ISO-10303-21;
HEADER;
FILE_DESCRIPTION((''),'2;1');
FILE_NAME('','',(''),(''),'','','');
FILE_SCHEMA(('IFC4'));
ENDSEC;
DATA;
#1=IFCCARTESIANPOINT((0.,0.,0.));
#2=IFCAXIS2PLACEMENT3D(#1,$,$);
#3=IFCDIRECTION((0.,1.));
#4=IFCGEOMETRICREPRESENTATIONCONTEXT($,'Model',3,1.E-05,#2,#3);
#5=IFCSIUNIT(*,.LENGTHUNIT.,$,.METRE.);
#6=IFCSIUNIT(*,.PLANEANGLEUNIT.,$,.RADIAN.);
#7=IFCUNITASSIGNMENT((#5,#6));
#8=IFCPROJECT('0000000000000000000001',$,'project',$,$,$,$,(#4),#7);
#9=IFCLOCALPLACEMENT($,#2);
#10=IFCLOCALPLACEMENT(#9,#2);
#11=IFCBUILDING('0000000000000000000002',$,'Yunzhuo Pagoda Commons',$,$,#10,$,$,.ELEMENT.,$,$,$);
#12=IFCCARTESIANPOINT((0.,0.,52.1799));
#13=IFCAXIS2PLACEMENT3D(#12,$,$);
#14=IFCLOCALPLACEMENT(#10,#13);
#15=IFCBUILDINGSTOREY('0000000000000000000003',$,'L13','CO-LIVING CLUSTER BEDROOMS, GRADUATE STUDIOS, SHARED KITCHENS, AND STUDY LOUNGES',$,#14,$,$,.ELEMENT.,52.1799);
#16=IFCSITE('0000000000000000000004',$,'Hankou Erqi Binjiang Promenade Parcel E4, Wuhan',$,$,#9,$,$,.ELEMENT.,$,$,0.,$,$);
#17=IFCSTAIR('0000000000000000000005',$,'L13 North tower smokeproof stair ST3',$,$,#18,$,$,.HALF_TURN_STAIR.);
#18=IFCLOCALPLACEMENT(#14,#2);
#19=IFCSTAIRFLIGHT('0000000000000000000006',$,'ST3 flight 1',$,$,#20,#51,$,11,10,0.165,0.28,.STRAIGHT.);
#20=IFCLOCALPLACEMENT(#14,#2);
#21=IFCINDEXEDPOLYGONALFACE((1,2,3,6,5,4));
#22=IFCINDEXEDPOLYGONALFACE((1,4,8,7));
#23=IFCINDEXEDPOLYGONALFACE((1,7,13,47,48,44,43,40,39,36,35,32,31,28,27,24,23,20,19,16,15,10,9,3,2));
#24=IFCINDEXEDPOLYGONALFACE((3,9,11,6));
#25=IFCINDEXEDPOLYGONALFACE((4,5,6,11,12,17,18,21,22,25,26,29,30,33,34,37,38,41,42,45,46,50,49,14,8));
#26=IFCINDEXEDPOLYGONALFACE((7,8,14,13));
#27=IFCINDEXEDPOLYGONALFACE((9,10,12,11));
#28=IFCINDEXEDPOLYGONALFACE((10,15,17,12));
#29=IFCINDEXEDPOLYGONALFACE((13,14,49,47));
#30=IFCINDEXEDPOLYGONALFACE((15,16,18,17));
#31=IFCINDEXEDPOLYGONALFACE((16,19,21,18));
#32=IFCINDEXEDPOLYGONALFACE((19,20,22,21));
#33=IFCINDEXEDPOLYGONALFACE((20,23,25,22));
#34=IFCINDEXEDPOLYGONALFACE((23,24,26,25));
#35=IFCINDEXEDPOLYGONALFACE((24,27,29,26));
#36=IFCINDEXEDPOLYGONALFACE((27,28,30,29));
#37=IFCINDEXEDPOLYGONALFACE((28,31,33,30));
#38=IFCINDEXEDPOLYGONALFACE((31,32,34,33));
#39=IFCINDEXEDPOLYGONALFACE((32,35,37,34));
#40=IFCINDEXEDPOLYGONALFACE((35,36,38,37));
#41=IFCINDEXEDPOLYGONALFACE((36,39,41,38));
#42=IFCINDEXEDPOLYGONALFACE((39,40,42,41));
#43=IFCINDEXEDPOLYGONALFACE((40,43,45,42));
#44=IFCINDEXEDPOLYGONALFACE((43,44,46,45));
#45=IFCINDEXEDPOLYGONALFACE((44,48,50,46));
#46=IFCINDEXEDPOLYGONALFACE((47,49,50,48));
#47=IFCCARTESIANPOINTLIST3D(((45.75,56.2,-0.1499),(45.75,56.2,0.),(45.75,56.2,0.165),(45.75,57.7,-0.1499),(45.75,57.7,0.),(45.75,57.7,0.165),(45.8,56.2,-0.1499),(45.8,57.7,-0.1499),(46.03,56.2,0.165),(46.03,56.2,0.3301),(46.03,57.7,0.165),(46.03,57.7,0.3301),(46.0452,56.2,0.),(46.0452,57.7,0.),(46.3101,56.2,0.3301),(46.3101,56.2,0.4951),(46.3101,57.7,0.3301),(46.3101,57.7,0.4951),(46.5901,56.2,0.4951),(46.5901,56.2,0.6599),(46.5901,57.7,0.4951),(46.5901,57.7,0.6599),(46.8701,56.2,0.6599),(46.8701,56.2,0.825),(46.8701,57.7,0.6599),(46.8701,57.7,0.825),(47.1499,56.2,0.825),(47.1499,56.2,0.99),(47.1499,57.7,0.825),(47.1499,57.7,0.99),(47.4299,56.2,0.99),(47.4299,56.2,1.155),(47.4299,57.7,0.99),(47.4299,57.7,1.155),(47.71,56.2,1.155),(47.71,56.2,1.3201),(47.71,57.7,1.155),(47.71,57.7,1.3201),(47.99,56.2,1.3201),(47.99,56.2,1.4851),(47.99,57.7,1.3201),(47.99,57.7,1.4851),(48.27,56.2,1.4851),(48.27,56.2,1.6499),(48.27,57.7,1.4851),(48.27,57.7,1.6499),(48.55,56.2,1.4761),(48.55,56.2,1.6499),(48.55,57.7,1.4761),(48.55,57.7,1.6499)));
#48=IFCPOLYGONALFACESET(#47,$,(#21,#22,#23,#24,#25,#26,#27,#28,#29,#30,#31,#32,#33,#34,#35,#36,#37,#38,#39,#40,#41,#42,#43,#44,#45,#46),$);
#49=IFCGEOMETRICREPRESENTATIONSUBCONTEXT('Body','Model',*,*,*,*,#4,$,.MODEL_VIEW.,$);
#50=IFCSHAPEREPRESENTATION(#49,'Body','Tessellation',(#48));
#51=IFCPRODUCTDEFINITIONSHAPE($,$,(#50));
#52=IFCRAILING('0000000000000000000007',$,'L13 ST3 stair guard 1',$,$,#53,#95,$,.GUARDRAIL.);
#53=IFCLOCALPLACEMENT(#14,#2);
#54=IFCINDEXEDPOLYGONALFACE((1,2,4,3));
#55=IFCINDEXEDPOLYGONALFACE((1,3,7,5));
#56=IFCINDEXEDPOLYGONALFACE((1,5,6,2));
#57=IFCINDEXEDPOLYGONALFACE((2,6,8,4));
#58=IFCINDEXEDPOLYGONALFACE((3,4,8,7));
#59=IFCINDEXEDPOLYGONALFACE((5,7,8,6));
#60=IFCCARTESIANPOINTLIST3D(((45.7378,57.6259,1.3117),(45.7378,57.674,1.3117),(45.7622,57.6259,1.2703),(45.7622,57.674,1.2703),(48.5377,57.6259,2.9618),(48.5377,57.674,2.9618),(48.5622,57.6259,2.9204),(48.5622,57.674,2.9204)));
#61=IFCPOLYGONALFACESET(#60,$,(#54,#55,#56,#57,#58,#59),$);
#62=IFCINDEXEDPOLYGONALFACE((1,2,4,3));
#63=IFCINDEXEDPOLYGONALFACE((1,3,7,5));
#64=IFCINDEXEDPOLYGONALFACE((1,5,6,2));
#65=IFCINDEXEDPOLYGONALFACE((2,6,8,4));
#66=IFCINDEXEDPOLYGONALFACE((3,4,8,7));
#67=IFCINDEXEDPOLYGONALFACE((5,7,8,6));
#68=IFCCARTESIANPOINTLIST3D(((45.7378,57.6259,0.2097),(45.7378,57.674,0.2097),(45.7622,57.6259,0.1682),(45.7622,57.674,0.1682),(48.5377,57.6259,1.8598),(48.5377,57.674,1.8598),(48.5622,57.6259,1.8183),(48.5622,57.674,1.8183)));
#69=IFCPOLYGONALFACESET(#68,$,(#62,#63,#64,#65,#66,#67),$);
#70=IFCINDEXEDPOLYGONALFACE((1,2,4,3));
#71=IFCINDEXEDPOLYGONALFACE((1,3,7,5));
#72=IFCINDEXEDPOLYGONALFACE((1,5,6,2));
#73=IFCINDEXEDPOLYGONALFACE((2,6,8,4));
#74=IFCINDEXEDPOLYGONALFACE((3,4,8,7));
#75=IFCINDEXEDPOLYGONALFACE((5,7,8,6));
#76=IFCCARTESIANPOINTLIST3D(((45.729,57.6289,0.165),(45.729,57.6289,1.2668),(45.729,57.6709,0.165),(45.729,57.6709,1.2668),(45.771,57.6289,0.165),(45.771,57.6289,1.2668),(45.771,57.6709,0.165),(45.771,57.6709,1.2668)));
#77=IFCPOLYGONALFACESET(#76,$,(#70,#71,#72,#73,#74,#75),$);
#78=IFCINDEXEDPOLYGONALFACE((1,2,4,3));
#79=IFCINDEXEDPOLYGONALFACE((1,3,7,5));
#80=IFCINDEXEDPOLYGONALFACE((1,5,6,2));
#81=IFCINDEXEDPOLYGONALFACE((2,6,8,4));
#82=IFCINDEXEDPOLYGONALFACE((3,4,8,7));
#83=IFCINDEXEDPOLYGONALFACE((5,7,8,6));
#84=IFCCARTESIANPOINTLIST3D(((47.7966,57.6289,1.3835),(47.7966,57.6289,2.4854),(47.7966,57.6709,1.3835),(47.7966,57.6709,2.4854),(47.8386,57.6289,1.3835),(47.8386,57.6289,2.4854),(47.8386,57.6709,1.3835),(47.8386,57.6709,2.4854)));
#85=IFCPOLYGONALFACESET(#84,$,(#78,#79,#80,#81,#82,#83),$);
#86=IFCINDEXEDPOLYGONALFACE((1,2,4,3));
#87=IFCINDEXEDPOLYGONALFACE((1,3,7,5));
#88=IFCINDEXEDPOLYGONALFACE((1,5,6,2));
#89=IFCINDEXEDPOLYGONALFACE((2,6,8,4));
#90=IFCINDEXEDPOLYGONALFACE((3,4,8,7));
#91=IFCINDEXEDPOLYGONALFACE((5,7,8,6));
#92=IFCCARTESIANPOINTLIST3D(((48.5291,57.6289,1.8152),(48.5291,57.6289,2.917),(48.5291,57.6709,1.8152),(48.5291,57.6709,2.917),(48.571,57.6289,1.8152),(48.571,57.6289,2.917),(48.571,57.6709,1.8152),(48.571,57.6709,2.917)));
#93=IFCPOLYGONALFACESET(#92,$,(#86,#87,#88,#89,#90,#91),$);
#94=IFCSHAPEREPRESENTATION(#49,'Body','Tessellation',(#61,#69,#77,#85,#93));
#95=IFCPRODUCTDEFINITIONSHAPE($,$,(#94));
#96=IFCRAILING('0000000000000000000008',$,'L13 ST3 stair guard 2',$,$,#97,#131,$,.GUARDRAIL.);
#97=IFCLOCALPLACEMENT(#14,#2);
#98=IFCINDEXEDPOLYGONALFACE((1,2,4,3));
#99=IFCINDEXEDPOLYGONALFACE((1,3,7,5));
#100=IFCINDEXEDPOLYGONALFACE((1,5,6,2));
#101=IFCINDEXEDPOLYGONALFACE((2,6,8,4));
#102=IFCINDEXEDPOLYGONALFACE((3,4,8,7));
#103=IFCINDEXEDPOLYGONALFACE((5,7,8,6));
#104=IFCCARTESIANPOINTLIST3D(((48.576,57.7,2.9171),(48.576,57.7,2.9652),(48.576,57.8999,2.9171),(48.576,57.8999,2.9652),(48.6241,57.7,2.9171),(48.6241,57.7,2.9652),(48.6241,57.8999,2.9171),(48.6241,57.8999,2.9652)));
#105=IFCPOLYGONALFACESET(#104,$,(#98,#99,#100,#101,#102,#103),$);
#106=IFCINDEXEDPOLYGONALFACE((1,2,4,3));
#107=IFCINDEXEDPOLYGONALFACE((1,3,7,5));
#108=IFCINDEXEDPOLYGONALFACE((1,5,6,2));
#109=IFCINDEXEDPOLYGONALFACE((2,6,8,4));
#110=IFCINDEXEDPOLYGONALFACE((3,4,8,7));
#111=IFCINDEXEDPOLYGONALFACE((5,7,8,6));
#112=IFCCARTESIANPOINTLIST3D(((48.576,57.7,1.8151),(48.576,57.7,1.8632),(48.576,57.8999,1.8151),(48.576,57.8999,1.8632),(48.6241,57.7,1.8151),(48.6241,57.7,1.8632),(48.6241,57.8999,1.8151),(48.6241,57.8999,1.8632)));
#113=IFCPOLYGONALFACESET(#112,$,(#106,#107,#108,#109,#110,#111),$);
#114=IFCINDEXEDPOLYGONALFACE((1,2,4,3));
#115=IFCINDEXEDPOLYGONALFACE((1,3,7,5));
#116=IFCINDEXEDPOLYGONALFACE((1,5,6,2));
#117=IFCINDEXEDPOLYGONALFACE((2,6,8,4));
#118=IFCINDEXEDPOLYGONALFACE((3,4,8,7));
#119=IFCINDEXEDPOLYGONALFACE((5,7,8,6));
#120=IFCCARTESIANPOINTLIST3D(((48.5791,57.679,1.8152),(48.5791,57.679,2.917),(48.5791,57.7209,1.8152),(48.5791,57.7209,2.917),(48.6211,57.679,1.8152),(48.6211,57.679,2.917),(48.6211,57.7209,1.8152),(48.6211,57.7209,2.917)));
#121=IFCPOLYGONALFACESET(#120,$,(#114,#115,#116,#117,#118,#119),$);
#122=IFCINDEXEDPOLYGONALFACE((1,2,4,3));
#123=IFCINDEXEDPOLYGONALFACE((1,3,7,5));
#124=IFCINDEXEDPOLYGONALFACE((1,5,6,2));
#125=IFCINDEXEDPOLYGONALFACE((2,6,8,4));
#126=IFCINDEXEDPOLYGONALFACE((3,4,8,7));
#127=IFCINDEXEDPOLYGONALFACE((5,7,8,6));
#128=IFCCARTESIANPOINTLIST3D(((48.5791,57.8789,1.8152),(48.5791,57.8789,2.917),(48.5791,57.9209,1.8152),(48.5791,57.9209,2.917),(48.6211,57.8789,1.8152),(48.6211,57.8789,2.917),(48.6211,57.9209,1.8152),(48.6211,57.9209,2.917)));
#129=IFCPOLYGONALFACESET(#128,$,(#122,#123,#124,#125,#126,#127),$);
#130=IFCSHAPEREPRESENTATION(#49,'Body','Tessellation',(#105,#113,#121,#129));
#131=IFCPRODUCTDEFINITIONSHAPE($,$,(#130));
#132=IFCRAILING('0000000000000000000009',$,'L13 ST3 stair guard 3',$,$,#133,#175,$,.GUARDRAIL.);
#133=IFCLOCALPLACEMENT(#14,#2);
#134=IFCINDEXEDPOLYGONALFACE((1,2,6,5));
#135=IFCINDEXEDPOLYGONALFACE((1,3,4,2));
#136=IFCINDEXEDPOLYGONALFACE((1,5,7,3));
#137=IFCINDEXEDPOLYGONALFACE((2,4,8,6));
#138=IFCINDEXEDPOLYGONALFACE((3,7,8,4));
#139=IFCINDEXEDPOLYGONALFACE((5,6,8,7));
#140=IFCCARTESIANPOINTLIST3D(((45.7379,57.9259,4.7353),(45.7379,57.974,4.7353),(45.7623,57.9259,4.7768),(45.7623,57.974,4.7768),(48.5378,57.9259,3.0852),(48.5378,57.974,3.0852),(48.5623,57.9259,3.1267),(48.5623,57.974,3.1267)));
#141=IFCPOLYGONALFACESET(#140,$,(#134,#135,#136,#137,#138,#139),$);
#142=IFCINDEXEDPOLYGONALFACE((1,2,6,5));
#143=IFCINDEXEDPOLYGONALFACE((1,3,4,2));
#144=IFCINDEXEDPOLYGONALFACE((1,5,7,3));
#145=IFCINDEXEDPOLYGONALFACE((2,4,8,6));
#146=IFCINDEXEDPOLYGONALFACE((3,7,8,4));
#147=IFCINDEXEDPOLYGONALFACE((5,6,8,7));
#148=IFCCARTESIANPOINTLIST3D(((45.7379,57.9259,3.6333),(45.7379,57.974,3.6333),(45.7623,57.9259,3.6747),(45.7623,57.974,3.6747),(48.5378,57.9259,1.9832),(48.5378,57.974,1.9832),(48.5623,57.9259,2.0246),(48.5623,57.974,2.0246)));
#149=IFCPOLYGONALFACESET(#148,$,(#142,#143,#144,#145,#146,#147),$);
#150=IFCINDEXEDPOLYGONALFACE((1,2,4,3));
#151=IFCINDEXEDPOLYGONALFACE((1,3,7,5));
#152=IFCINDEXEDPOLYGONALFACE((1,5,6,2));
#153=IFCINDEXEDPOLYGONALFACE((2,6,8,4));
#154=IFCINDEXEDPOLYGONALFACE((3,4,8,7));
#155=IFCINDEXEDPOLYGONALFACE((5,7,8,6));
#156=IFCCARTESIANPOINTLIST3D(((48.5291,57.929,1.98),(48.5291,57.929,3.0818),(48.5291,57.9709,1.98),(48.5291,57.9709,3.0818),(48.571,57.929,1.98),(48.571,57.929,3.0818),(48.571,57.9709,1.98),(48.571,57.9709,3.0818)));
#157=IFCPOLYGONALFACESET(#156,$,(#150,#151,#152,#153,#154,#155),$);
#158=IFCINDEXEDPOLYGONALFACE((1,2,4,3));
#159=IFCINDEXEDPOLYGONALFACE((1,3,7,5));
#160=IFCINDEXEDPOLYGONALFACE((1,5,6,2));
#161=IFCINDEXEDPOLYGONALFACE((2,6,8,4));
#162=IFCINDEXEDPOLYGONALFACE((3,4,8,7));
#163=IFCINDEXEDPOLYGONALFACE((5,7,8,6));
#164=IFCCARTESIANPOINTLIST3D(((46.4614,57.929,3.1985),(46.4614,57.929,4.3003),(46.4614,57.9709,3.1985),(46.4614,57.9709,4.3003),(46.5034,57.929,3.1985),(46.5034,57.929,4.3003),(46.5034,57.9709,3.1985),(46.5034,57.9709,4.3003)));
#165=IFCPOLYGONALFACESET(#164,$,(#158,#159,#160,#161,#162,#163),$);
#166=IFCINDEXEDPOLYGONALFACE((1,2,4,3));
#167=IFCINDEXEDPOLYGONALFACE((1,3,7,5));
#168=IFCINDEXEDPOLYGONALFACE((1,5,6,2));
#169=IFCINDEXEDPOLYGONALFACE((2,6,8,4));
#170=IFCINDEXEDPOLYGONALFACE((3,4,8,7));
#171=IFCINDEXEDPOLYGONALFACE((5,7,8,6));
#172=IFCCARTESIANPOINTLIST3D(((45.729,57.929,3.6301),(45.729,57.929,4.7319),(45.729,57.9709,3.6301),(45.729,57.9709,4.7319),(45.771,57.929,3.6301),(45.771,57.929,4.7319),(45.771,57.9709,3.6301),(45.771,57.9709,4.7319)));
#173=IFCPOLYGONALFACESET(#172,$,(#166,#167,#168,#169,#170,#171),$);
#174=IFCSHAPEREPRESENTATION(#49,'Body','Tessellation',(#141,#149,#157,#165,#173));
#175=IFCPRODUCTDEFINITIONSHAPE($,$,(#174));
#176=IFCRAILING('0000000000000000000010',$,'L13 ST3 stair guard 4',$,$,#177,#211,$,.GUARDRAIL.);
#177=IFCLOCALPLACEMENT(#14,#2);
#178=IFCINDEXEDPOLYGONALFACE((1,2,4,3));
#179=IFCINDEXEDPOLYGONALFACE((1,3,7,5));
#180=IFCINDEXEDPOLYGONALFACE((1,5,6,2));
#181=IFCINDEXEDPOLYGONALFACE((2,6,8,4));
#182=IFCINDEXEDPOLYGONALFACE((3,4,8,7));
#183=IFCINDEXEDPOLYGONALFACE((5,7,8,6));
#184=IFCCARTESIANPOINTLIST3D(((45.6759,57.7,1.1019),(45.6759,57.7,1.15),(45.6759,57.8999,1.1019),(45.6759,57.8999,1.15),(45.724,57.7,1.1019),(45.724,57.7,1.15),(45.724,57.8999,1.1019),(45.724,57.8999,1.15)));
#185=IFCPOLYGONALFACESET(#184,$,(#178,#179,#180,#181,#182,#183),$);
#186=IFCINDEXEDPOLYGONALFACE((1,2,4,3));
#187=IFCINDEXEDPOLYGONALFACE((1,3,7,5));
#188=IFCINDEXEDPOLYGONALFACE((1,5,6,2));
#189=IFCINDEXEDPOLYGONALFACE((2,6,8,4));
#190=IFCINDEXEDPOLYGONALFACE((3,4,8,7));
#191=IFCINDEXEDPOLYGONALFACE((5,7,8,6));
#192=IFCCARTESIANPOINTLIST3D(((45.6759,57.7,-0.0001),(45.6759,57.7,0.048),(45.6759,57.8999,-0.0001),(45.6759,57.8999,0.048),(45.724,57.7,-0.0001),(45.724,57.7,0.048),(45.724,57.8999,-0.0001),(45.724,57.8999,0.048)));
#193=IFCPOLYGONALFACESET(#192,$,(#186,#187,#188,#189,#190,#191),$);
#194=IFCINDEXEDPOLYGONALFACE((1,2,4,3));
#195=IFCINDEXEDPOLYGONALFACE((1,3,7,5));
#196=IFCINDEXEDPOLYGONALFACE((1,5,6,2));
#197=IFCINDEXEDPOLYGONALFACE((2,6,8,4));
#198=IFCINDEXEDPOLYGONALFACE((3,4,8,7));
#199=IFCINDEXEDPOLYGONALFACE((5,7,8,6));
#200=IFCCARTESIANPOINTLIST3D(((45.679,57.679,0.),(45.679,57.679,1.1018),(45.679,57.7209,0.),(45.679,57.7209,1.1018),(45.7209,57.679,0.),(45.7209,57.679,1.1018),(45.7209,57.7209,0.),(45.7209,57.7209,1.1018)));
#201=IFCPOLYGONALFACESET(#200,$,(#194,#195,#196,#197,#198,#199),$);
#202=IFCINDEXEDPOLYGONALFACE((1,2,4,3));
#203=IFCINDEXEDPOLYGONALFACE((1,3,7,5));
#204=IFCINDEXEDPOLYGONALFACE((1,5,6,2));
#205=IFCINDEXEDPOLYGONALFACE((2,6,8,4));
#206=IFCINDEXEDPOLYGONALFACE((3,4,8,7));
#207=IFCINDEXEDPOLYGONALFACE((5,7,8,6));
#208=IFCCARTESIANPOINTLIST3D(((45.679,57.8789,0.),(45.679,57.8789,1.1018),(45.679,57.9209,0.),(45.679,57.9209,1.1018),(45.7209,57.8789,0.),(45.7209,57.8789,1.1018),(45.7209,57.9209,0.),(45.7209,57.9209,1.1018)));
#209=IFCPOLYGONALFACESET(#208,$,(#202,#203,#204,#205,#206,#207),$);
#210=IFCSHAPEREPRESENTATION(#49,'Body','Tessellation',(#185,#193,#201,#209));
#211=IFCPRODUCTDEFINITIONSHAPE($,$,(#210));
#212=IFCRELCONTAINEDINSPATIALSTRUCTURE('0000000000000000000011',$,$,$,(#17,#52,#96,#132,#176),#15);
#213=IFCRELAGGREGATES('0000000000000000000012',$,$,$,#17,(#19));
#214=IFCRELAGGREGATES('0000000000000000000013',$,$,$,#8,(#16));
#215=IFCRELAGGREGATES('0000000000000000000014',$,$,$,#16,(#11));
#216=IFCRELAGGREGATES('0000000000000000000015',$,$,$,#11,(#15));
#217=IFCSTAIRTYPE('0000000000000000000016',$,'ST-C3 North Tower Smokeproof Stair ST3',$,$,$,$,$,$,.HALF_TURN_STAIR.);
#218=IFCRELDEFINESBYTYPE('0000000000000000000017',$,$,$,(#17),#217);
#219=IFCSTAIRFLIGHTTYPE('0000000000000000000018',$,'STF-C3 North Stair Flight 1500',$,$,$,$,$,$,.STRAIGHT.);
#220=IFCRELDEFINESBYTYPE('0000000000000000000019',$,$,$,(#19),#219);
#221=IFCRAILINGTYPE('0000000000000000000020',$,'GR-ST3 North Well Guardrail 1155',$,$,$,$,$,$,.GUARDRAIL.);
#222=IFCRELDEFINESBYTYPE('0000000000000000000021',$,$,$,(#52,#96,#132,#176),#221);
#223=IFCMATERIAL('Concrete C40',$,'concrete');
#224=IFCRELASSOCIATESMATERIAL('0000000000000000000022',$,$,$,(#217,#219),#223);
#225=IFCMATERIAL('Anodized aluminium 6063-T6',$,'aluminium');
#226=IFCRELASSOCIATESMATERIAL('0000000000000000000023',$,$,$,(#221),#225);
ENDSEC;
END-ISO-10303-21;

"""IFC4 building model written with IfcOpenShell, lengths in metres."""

from ifc_helpers import new_model, si_unit, direction, frame, origin, origin_2d, place, context, subcontext, project, spatial, polyline, rectangle, outline, extrude, source, transform, mapped, material, type_object, element, aggregate, save


model = new_model("IFC4")

# Units and contexts
model_context = context("Model", 3, precision=1e-05, world=origin(), true_north=direction((0.0, 1.0)))
body_context = subcontext(model_context, "Body", "Model", "MODEL_VIEW")
ifc_project = project(units=[si_unit("LENGTHUNIT", "METRE"), si_unit("PLANEANGLEUNIT", "RADIAN")], contexts=[model_context])

# Site, building, storey
site_placement = place(None, origin())
site = spatial("IfcSite", under=ifc_project, at=site_placement, Name="Hankou Erqi Binjiang Promenade Parcel E4, Wuhan", CompositionType="ELEMENT", RefElevation=0.0)
building_placement = place(site_placement, origin())
building = spatial("IfcBuilding", under=site, at=building_placement, Name="Yunzhuo Pagoda Commons", CompositionType="ELEMENT")
storey_placement = place(building_placement, frame((0.0, 0.0, 52.1799)))
storey = spatial("IfcBuildingStorey", under=building, at=storey_placement, Name="L13", Description="CO-LIVING CLUSTER BEDROOMS, GRADUATE STUDIOS, SHARED KITCHENS, AND STUDY LOUNGES", CompositionType="ELEMENT", Elevation=52.1799)

# Shared definitions
ifc_material_1 = material(Name="Anodized aluminium 6063-T6", Category="aluminium")

# Stair, stair flight
ifc_material_2 = material(Name="Concrete C40", Category="concrete")
stair_type = type_object("IfcStairType", Name="ST-C3 North Tower Smokeproof Stair ST3", PredefinedType="HALF_TURN_STAIR", material=ifc_material_2)
stair_placement = place(storey_placement, origin())
stair = element("IfcStair", 1, at=stair_placement, inside=storey, type_object=stair_type, Name="L13 North tower smokeproof stair ST3", PredefinedType="HALF_TURN_STAIR")
stair_flight_type = type_object("IfcStairFlightType", Name="STF-C3 North Stair Flight 1500", PredefinedType="STRAIGHT", material=ifc_material_2)
shared_shape_1 = source(origin(), body_context, "Body", "SweptSolid", [
    extrude(outline(polyline([(0.0, -0.1499), (0.0, 0.0), (0.0, 0.165), (0.28, 0.165), (0.28, 0.3301), (0.5601, 0.3301), (0.5601, 0.4951), (0.8401, 0.4951), (0.8401, 0.6599), (1.1201, 0.6599), (1.1201, 0.825), (1.3999, 0.825), (1.3999, 0.99), (1.6799, 0.99), (1.6799, 1.155), (1.96, 1.155), (1.96, 1.3201), (2.24, 1.3201), (2.24, 1.4851), (2.52, 1.4851), (2.52, 1.6499), (2.8, 1.6499), (2.8, 1.8149), (2.8, 1.4761), (0.2952, 0.0), (0.05, -0.1499), (0.0, -0.1499)])), frame((0.0, 0.75, 0.0), z_axis=(0.0, -1.0, 0.0), x_axis=(1.0, 0.0, 0.0)), (0.0, 0.0, 1.0), 1.5),
])
stair_flight_placement = place(storey_placement, frame((45.75, 56.95, 0.0), z_axis=(0.0, 0.0, 1.0), x_axis=(1.0, 0.0, 0.0)))
stair_flight = element("IfcStairFlight", 2, at=stair_flight_placement, type_object=stair_flight_type, Name="ST3 flight 1", NumberOfRisers=11, NumberOfTreads=10, PredefinedType="STRAIGHT", RiserHeight=0.165, TreadLength=0.28, context=body_context, shape_type="MappedRepresentation", body=[
    mapped(shared_shape_1, transform((0.0, 0.0, 0.0), scale=1.0)),
])
aggregate(stair, [stair_flight])

# Railings
railing_type_1 = type_object("IfcRailingType", Name="GR-ST3 North Well Guardrail 1155", PredefinedType="GUARDRAIL", material=ifc_material_1)
railing_1_placement = place(storey_placement, frame((45.75, 57.6499, 0.165)))
element("IfcRailing", 3, at=railing_1_placement, inside=storey, type_object=railing_type_1, Name="L13 ST3 stair guard 1", PredefinedType="GUARDRAIL", context=body_context, shape_type="SweptSolid", body=[
    extrude(rectangle(XDim=0.0481, YDim=0.0481, at=origin_2d()), frame((0.0, 0.0, 1.126), z_axis=(0.861523, 0.0, 0.507719), x_axis=(0.0, 1.0, 0.0)), (0.0, 0.0, 1.0), 3.25),
    extrude(rectangle(XDim=0.0481, YDim=0.0481, at=origin_2d()), frame((0.0, 0.0, 0.0239), z_axis=(0.861523, 0.0, 0.507719), x_axis=(0.0, 1.0, 0.0)), (0.0, 0.0, 1.0), 3.25),
    extrude(rectangle(XDim=0.042, YDim=0.042, at=origin_2d()), origin(), (0.0, 0.0, 1.0), 1.1018),
    extrude(rectangle(XDim=0.042, YDim=0.042, at=origin_2d()), frame((2.0676, 0.0, 1.2185)), (0.0, 0.0, 1.0), 1.1018),
    extrude(rectangle(XDim=0.042, YDim=0.042, at=origin_2d()), frame((2.8, 0.0, 1.6501)), (0.0, 0.0, 1.0), 1.1018),
])
railing_2_placement = place(storey_placement, frame((48.6001, 57.7, 1.8152)))
element("IfcRailing", 4, at=railing_2_placement, inside=storey, type_object=railing_type_1, Name="L13 ST3 stair guard 2", PredefinedType="GUARDRAIL", context=body_context, shape_type="SweptSolid", body=[
    extrude(rectangle(XDim=0.0481, YDim=0.0481, at=origin_2d()), frame((0.0, 0.0, 1.126), z_axis=(0.0, 1.0, 0.0), x_axis=(-1.0, 0.0, 0.0)), (0.0, 0.0, 1.0), 0.2),
    extrude(rectangle(XDim=0.0481, YDim=0.0481, at=origin_2d()), frame((0.0, 0.0, 0.0239), z_axis=(0.0, 1.0, 0.0), x_axis=(-1.0, 0.0, 0.0)), (0.0, 0.0, 1.0), 0.2),
    extrude(rectangle(XDim=0.042, YDim=0.042, at=origin_2d()), origin(), (0.0, 0.0, 1.0), 1.1018),
    extrude(rectangle(XDim=0.042, YDim=0.042, at=origin_2d()), frame((0.0, 0.2, 0.0)), (0.0, 0.0, 1.0), 1.1018),
])
railing_3_placement = place(storey_placement, frame((48.55, 57.95, 1.98)))
element("IfcRailing", 5, at=railing_3_placement, inside=storey, type_object=railing_type_1, Name="L13 ST3 stair guard 3", PredefinedType="GUARDRAIL", context=body_context, shape_type="SweptSolid", body=[
    extrude(rectangle(XDim=0.0481, YDim=0.0481, at=origin_2d()), frame((0.0, 0.0, 1.126), z_axis=(-0.861523, 0.0, 0.507719), x_axis=(0.0, -1.0, 0.0)), (0.0, 0.0, 1.0), 3.25),
    extrude(rectangle(XDim=0.0481, YDim=0.0481, at=origin_2d()), frame((0.0, 0.0, 0.0239), z_axis=(-0.861523, 0.0, 0.507719), x_axis=(0.0, -1.0, 0.0)), (0.0, 0.0, 1.0), 3.25),
    extrude(rectangle(XDim=0.042, YDim=0.042, at=origin_2d()), origin(), (0.0, 0.0, 1.0), 1.1018),
    extrude(rectangle(XDim=0.042, YDim=0.042, at=origin_2d()), frame((-2.0676, 0.0, 1.2185)), (0.0, 0.0, 1.0), 1.1018),
    extrude(rectangle(XDim=0.042, YDim=0.042, at=origin_2d()), frame((-2.8, 0.0, 1.6501)), (0.0, 0.0, 1.0), 1.1018),
])
railing_4_placement = place(storey_placement, frame((45.7, 57.7, 0.0)))
element("IfcRailing", 6, at=railing_4_placement, inside=storey, type_object=railing_type_1, Name="L13 ST3 stair guard 4", PredefinedType="GUARDRAIL", context=body_context, shape_type="SweptSolid", body=[
    extrude(rectangle(XDim=0.0481, YDim=0.0481, at=origin_2d()), frame((0.0, 0.0, 1.126), z_axis=(0.0, 1.0, 0.0), x_axis=(-1.0, 0.0, 0.0)), (0.0, 0.0, 1.0), 0.2),
    extrude(rectangle(XDim=0.0481, YDim=0.0481, at=origin_2d()), frame((0.0, 0.0, 0.0239), z_axis=(0.0, 1.0, 0.0), x_axis=(-1.0, 0.0, 0.0)), (0.0, 0.0, 1.0), 0.2),
    extrude(rectangle(XDim=0.042, YDim=0.042, at=origin_2d()), origin(), (0.0, 0.0, 1.0), 1.1018),
    extrude(rectangle(XDim=0.042, YDim=0.042, at=origin_2d()), frame((0.0, 0.2, 0.0)), (0.0, 0.0, 1.0), 1.1018),
])

save(model, "model.ifc")
